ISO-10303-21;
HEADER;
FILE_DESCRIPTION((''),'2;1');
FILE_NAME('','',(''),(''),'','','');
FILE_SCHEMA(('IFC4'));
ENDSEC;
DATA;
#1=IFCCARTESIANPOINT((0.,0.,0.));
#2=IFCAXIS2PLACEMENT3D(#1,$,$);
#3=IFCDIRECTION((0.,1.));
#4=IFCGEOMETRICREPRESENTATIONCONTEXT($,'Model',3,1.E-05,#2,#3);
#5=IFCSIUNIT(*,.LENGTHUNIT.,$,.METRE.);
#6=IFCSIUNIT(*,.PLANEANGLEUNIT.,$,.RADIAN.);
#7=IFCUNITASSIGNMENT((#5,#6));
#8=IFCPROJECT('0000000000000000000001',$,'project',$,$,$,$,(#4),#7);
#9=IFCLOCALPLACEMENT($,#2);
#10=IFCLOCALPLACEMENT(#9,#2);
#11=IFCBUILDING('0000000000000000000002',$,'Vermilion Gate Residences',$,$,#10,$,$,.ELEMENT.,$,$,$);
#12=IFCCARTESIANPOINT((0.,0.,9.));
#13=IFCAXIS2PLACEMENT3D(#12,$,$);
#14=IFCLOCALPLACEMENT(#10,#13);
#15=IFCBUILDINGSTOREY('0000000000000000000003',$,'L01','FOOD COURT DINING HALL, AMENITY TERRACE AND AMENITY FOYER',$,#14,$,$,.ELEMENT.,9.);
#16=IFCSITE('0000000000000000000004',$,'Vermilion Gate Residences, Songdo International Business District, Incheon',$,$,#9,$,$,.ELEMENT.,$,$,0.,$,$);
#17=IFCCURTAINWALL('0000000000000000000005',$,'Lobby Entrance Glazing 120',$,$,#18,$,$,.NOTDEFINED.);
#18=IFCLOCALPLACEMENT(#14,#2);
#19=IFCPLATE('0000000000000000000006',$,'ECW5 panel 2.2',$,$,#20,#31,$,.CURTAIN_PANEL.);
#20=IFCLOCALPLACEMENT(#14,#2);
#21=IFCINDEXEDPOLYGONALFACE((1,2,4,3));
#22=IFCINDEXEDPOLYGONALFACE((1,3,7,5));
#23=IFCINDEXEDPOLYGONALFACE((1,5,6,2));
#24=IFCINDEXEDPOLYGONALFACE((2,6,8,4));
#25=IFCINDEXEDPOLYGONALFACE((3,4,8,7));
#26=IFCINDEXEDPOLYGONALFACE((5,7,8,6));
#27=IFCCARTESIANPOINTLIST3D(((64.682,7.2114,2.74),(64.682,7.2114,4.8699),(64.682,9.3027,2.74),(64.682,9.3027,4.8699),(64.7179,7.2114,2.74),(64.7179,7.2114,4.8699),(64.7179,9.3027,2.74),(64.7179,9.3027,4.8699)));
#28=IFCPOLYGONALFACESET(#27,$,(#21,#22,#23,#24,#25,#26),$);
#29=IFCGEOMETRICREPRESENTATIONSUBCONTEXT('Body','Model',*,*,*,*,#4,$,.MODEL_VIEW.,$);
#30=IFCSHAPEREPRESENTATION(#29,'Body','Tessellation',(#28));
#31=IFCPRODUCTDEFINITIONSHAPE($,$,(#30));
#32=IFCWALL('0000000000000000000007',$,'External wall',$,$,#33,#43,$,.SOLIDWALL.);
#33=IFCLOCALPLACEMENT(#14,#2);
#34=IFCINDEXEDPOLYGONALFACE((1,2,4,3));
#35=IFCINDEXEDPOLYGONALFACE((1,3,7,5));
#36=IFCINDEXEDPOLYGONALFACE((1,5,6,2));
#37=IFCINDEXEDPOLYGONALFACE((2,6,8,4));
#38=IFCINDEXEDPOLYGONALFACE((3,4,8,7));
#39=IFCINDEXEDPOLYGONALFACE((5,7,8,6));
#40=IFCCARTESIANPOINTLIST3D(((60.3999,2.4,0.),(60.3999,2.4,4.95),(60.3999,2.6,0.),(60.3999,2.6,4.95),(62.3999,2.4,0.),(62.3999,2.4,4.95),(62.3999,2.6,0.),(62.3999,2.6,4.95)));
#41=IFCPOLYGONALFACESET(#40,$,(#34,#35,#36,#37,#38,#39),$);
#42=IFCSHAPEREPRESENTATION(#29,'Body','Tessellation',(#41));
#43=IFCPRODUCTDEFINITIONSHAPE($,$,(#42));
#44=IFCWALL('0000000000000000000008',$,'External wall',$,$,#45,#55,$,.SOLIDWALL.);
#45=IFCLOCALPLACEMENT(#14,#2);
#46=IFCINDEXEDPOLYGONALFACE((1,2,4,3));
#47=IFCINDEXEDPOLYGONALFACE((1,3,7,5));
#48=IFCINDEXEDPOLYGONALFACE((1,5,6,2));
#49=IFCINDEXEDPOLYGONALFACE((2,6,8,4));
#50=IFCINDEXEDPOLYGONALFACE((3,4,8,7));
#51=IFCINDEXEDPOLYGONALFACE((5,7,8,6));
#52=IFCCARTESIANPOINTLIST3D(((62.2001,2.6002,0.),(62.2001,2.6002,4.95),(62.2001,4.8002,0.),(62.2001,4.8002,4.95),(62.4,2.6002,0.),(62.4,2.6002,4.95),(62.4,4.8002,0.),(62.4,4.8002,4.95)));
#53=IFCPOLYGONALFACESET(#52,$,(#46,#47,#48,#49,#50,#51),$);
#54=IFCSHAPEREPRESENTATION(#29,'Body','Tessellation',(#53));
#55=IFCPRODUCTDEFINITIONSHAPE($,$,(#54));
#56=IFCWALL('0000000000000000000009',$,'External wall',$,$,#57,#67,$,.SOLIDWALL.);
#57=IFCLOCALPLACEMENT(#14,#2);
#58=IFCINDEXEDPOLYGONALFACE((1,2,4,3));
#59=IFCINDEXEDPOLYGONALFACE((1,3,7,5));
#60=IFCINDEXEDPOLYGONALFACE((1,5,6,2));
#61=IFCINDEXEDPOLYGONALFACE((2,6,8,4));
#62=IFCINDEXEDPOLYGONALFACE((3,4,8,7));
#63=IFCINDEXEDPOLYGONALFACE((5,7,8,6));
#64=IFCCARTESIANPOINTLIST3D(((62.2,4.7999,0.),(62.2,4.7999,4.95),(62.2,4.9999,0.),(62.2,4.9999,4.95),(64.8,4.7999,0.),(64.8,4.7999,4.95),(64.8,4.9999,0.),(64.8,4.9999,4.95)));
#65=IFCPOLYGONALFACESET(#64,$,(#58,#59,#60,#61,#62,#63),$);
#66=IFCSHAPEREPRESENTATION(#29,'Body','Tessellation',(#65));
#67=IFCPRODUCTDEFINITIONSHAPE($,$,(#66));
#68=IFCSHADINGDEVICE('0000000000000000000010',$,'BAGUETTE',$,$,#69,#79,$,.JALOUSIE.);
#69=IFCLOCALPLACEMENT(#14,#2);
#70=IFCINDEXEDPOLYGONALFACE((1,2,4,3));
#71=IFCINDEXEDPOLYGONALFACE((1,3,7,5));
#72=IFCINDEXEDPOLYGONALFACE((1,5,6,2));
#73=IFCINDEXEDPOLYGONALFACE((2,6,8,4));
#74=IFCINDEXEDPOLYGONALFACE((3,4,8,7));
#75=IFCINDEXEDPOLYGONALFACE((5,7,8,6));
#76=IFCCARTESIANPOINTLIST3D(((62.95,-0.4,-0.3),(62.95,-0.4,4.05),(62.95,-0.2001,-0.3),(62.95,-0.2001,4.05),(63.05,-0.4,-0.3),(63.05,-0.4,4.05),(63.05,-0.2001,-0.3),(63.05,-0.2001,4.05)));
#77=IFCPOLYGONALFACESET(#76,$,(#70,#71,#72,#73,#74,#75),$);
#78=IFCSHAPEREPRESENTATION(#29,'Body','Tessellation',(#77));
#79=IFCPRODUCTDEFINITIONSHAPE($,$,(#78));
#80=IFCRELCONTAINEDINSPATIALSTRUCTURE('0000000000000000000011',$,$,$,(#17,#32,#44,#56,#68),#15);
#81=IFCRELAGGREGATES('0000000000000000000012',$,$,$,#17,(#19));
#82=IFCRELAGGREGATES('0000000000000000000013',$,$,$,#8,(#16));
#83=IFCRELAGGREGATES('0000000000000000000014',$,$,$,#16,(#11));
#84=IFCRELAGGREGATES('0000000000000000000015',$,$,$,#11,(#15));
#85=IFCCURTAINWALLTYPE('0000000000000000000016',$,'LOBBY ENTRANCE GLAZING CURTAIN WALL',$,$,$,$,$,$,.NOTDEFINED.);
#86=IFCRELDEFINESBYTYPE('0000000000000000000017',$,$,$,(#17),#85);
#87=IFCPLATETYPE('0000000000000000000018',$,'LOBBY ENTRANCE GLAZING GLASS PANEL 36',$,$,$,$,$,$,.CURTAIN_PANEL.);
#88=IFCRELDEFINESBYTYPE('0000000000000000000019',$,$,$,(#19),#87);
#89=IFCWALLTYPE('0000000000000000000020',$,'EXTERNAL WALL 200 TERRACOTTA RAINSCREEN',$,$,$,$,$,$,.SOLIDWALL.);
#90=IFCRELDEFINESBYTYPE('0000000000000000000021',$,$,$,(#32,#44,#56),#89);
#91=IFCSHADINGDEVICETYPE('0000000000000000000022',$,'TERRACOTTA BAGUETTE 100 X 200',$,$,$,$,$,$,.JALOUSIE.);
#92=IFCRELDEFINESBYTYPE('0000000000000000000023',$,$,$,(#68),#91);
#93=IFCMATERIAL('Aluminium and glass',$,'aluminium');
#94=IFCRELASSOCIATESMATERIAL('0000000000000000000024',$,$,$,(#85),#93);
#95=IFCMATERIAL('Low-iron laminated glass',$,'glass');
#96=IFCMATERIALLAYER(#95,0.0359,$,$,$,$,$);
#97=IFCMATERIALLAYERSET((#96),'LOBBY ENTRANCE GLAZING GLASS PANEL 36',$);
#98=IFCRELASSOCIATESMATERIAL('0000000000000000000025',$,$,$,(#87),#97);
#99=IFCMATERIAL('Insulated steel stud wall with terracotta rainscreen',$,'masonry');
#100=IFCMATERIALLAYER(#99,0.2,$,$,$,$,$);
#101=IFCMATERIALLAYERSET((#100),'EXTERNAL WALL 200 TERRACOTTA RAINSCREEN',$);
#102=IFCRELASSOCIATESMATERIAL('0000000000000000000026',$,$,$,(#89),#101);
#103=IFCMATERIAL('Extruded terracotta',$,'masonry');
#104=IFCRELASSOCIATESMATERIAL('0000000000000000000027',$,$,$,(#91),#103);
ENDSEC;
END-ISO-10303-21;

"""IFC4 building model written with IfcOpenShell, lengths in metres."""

from ifc_helpers import new_model, si_unit, direction, frame, frame_2d, origin, origin_2d, place, context, subcontext, project, spatial, rectangle, extrude, material, layer, layer_set, material_profile, profile_set, type_object, element, aggregate, save


model = new_model("IFC4")

# Units and contexts
model_context = context("Model", 3, precision=1e-05, world=origin(), true_north=direction((0.0, 1.0)))
body_context = subcontext(model_context, "Body", "Model", "MODEL_VIEW")
ifc_project = project(units=[si_unit("LENGTHUNIT", "METRE"), si_unit("PLANEANGLEUNIT", "RADIAN")], contexts=[model_context])

# Site, building, storey
site_placement = place(None, origin())
site = spatial("IfcSite", under=ifc_project, at=site_placement, Name="Vermilion Gate Residences, Songdo International Business District, Incheon", CompositionType="ELEMENT", RefElevation=0.0)
building_placement = place(site_placement, origin())
building = spatial("IfcBuilding", under=site, at=building_placement, Name="Vermilion Gate Residences", CompositionType="ELEMENT")
storey_placement = place(building_placement, frame((0.0, 0.0, 9.0)))
storey = spatial("IfcBuildingStorey", under=building, at=storey_placement, Name="L01", Description="FOOD COURT DINING HALL, AMENITY TERRACE AND AMENITY FOYER", CompositionType="ELEMENT", Elevation=9.0)

# Curtain wall, plate
ifc_material_1 = material(Name="Aluminium and glass", Category="aluminium")
curtain_wall_type = type_object("IfcCurtainWallType", Name="LOBBY ENTRANCE GLAZING CURTAIN WALL", PredefinedType="NOTDEFINED", material=ifc_material_1)
curtain_wall_placement = place(storey_placement, origin())
curtain_wall = element("IfcCurtainWall", 1, at=curtain_wall_placement, inside=storey, type_object=curtain_wall_type, Name="Lobby Entrance Glazing 120", PredefinedType="NOTDEFINED")
ifc_material_2 = material(Name="Low-iron laminated glass", Category="glass")
ifc_layer_1 = layer(ifc_material_2, 0.0359)
ifc_layer_set_1 = layer_set([ifc_layer_1], Name="LOBBY ENTRANCE GLAZING GLASS PANEL 36")
plate_type = type_object("IfcPlateType", Name="LOBBY ENTRANCE GLAZING GLASS PANEL 36", PredefinedType="CURTAIN_PANEL", material=ifc_layer_set_1)
plate_1_placement = place(storey_placement, frame((64.7, 8.2571, 2.74), z_axis=(0.0, 0.0, 1.0), x_axis=(0.0, 1.0, 0.0)))
plate_1 = element("IfcPlate", 2, at=plate_1_placement, type_object=plate_type, Name="ECW5 panel 2.2", PredefinedType="CURTAIN_PANEL", context=body_context, shape_type="SweptSolid", body=[
    extrude(rectangle(XDim=2.0913, YDim=0.0359, at=origin_2d()), origin(), (0.0, 0.0, 1.0), 2.1299),
])
aggregate(curtain_wall, [plate_1])

# Walls
ifc_material_3 = material(Name="Insulated steel stud wall with terracotta rainscreen", Category="masonry")
ifc_layer_2 = layer(ifc_material_3, 0.2)
ifc_layer_set_2 = layer_set([ifc_layer_2], Name="EXTERNAL WALL 200 TERRACOTTA RAINSCREEN")
wall_type = type_object("IfcWallType", Name="EXTERNAL WALL 200 TERRACOTTA RAINSCREEN", PredefinedType="SOLIDWALL", material=ifc_layer_set_2)
wall_1_placement = place(storey_placement, frame((60.3999, 2.5, 0.0), z_axis=(0.0, 0.0, 1.0), x_axis=(1.0, 0.0, 0.0)))
element("IfcWall", 3, at=wall_1_placement, inside=storey, type_object=wall_type, Name="External wall", PredefinedType="SOLIDWALL", context=body_context, shape_type="SweptSolid", body=[
    extrude(rectangle(XDim=2.0, YDim=0.2, at=frame_2d((1.0, 0.0))), origin(), (0.0, 0.0, 1.0), 4.95),
])
wall_2_placement = place(storey_placement, frame((62.3, 2.6001, 0.0), z_axis=(0.0, 0.0, 1.0), x_axis=(0.0, 1.0, 0.0)))
element("IfcWall", 4, at=wall_2_placement, inside=storey, type_object=wall_type, Name="External wall", PredefinedType="SOLIDWALL", context=body_context, shape_type="SweptSolid", body=[
    extrude(rectangle(XDim=2.2, YDim=0.2, at=frame_2d((1.1001, 0.0))), origin(), (0.0, 0.0, 1.0), 4.95),
])
wall_3_placement = place(storey_placement, frame((62.2, 4.8999, 0.0), z_axis=(0.0, 0.0, 1.0), x_axis=(1.0, 0.0, 0.0)))
element("IfcWall", 5, at=wall_3_placement, inside=storey, type_object=wall_type, Name="External wall", PredefinedType="SOLIDWALL", context=body_context, shape_type="SweptSolid", body=[
    extrude(rectangle(XDim=2.6001, YDim=0.2, at=frame_2d((1.3, 0.0))), origin(), (0.0, 0.0, 1.0), 4.95),
])

# Shading device
ifc_material_4 = material(Name="Extruded terracotta", Category="masonry")
ifc_material_profile_1 = material_profile(ifc_material_4, rectangle(XDim=0.2, YDim=0.1001, at=origin_2d()), Name="BAGUETTE 100 X 200")
ifc_profile_set_1 = profile_set([ifc_material_profile_1], Name="Extruded terracotta")
shading_device_type = type_object("IfcShadingDeviceType", Name="TERRACOTTA BAGUETTE 100 X 200", PredefinedType="JALOUSIE", material=ifc_profile_set_1)
shading_device_placement = place(storey_placement, frame((63.0, -0.3, -0.3), z_axis=(0.0, 0.0, 1.0), x_axis=(0.0, 1.0, 0.0)))
element("IfcShadingDevice", 6, at=shading_device_placement, inside=storey, type_object=shading_device_type, Name="BAGUETTE", PredefinedType="JALOUSIE", context=body_context, shape_type="SweptSolid", body=[
    extrude(rectangle(XDim=0.2, YDim=0.1001, at=origin_2d()), origin(), (0.0, 0.0, 1.0), 4.3501),
])

save(model, "model.ifc")
